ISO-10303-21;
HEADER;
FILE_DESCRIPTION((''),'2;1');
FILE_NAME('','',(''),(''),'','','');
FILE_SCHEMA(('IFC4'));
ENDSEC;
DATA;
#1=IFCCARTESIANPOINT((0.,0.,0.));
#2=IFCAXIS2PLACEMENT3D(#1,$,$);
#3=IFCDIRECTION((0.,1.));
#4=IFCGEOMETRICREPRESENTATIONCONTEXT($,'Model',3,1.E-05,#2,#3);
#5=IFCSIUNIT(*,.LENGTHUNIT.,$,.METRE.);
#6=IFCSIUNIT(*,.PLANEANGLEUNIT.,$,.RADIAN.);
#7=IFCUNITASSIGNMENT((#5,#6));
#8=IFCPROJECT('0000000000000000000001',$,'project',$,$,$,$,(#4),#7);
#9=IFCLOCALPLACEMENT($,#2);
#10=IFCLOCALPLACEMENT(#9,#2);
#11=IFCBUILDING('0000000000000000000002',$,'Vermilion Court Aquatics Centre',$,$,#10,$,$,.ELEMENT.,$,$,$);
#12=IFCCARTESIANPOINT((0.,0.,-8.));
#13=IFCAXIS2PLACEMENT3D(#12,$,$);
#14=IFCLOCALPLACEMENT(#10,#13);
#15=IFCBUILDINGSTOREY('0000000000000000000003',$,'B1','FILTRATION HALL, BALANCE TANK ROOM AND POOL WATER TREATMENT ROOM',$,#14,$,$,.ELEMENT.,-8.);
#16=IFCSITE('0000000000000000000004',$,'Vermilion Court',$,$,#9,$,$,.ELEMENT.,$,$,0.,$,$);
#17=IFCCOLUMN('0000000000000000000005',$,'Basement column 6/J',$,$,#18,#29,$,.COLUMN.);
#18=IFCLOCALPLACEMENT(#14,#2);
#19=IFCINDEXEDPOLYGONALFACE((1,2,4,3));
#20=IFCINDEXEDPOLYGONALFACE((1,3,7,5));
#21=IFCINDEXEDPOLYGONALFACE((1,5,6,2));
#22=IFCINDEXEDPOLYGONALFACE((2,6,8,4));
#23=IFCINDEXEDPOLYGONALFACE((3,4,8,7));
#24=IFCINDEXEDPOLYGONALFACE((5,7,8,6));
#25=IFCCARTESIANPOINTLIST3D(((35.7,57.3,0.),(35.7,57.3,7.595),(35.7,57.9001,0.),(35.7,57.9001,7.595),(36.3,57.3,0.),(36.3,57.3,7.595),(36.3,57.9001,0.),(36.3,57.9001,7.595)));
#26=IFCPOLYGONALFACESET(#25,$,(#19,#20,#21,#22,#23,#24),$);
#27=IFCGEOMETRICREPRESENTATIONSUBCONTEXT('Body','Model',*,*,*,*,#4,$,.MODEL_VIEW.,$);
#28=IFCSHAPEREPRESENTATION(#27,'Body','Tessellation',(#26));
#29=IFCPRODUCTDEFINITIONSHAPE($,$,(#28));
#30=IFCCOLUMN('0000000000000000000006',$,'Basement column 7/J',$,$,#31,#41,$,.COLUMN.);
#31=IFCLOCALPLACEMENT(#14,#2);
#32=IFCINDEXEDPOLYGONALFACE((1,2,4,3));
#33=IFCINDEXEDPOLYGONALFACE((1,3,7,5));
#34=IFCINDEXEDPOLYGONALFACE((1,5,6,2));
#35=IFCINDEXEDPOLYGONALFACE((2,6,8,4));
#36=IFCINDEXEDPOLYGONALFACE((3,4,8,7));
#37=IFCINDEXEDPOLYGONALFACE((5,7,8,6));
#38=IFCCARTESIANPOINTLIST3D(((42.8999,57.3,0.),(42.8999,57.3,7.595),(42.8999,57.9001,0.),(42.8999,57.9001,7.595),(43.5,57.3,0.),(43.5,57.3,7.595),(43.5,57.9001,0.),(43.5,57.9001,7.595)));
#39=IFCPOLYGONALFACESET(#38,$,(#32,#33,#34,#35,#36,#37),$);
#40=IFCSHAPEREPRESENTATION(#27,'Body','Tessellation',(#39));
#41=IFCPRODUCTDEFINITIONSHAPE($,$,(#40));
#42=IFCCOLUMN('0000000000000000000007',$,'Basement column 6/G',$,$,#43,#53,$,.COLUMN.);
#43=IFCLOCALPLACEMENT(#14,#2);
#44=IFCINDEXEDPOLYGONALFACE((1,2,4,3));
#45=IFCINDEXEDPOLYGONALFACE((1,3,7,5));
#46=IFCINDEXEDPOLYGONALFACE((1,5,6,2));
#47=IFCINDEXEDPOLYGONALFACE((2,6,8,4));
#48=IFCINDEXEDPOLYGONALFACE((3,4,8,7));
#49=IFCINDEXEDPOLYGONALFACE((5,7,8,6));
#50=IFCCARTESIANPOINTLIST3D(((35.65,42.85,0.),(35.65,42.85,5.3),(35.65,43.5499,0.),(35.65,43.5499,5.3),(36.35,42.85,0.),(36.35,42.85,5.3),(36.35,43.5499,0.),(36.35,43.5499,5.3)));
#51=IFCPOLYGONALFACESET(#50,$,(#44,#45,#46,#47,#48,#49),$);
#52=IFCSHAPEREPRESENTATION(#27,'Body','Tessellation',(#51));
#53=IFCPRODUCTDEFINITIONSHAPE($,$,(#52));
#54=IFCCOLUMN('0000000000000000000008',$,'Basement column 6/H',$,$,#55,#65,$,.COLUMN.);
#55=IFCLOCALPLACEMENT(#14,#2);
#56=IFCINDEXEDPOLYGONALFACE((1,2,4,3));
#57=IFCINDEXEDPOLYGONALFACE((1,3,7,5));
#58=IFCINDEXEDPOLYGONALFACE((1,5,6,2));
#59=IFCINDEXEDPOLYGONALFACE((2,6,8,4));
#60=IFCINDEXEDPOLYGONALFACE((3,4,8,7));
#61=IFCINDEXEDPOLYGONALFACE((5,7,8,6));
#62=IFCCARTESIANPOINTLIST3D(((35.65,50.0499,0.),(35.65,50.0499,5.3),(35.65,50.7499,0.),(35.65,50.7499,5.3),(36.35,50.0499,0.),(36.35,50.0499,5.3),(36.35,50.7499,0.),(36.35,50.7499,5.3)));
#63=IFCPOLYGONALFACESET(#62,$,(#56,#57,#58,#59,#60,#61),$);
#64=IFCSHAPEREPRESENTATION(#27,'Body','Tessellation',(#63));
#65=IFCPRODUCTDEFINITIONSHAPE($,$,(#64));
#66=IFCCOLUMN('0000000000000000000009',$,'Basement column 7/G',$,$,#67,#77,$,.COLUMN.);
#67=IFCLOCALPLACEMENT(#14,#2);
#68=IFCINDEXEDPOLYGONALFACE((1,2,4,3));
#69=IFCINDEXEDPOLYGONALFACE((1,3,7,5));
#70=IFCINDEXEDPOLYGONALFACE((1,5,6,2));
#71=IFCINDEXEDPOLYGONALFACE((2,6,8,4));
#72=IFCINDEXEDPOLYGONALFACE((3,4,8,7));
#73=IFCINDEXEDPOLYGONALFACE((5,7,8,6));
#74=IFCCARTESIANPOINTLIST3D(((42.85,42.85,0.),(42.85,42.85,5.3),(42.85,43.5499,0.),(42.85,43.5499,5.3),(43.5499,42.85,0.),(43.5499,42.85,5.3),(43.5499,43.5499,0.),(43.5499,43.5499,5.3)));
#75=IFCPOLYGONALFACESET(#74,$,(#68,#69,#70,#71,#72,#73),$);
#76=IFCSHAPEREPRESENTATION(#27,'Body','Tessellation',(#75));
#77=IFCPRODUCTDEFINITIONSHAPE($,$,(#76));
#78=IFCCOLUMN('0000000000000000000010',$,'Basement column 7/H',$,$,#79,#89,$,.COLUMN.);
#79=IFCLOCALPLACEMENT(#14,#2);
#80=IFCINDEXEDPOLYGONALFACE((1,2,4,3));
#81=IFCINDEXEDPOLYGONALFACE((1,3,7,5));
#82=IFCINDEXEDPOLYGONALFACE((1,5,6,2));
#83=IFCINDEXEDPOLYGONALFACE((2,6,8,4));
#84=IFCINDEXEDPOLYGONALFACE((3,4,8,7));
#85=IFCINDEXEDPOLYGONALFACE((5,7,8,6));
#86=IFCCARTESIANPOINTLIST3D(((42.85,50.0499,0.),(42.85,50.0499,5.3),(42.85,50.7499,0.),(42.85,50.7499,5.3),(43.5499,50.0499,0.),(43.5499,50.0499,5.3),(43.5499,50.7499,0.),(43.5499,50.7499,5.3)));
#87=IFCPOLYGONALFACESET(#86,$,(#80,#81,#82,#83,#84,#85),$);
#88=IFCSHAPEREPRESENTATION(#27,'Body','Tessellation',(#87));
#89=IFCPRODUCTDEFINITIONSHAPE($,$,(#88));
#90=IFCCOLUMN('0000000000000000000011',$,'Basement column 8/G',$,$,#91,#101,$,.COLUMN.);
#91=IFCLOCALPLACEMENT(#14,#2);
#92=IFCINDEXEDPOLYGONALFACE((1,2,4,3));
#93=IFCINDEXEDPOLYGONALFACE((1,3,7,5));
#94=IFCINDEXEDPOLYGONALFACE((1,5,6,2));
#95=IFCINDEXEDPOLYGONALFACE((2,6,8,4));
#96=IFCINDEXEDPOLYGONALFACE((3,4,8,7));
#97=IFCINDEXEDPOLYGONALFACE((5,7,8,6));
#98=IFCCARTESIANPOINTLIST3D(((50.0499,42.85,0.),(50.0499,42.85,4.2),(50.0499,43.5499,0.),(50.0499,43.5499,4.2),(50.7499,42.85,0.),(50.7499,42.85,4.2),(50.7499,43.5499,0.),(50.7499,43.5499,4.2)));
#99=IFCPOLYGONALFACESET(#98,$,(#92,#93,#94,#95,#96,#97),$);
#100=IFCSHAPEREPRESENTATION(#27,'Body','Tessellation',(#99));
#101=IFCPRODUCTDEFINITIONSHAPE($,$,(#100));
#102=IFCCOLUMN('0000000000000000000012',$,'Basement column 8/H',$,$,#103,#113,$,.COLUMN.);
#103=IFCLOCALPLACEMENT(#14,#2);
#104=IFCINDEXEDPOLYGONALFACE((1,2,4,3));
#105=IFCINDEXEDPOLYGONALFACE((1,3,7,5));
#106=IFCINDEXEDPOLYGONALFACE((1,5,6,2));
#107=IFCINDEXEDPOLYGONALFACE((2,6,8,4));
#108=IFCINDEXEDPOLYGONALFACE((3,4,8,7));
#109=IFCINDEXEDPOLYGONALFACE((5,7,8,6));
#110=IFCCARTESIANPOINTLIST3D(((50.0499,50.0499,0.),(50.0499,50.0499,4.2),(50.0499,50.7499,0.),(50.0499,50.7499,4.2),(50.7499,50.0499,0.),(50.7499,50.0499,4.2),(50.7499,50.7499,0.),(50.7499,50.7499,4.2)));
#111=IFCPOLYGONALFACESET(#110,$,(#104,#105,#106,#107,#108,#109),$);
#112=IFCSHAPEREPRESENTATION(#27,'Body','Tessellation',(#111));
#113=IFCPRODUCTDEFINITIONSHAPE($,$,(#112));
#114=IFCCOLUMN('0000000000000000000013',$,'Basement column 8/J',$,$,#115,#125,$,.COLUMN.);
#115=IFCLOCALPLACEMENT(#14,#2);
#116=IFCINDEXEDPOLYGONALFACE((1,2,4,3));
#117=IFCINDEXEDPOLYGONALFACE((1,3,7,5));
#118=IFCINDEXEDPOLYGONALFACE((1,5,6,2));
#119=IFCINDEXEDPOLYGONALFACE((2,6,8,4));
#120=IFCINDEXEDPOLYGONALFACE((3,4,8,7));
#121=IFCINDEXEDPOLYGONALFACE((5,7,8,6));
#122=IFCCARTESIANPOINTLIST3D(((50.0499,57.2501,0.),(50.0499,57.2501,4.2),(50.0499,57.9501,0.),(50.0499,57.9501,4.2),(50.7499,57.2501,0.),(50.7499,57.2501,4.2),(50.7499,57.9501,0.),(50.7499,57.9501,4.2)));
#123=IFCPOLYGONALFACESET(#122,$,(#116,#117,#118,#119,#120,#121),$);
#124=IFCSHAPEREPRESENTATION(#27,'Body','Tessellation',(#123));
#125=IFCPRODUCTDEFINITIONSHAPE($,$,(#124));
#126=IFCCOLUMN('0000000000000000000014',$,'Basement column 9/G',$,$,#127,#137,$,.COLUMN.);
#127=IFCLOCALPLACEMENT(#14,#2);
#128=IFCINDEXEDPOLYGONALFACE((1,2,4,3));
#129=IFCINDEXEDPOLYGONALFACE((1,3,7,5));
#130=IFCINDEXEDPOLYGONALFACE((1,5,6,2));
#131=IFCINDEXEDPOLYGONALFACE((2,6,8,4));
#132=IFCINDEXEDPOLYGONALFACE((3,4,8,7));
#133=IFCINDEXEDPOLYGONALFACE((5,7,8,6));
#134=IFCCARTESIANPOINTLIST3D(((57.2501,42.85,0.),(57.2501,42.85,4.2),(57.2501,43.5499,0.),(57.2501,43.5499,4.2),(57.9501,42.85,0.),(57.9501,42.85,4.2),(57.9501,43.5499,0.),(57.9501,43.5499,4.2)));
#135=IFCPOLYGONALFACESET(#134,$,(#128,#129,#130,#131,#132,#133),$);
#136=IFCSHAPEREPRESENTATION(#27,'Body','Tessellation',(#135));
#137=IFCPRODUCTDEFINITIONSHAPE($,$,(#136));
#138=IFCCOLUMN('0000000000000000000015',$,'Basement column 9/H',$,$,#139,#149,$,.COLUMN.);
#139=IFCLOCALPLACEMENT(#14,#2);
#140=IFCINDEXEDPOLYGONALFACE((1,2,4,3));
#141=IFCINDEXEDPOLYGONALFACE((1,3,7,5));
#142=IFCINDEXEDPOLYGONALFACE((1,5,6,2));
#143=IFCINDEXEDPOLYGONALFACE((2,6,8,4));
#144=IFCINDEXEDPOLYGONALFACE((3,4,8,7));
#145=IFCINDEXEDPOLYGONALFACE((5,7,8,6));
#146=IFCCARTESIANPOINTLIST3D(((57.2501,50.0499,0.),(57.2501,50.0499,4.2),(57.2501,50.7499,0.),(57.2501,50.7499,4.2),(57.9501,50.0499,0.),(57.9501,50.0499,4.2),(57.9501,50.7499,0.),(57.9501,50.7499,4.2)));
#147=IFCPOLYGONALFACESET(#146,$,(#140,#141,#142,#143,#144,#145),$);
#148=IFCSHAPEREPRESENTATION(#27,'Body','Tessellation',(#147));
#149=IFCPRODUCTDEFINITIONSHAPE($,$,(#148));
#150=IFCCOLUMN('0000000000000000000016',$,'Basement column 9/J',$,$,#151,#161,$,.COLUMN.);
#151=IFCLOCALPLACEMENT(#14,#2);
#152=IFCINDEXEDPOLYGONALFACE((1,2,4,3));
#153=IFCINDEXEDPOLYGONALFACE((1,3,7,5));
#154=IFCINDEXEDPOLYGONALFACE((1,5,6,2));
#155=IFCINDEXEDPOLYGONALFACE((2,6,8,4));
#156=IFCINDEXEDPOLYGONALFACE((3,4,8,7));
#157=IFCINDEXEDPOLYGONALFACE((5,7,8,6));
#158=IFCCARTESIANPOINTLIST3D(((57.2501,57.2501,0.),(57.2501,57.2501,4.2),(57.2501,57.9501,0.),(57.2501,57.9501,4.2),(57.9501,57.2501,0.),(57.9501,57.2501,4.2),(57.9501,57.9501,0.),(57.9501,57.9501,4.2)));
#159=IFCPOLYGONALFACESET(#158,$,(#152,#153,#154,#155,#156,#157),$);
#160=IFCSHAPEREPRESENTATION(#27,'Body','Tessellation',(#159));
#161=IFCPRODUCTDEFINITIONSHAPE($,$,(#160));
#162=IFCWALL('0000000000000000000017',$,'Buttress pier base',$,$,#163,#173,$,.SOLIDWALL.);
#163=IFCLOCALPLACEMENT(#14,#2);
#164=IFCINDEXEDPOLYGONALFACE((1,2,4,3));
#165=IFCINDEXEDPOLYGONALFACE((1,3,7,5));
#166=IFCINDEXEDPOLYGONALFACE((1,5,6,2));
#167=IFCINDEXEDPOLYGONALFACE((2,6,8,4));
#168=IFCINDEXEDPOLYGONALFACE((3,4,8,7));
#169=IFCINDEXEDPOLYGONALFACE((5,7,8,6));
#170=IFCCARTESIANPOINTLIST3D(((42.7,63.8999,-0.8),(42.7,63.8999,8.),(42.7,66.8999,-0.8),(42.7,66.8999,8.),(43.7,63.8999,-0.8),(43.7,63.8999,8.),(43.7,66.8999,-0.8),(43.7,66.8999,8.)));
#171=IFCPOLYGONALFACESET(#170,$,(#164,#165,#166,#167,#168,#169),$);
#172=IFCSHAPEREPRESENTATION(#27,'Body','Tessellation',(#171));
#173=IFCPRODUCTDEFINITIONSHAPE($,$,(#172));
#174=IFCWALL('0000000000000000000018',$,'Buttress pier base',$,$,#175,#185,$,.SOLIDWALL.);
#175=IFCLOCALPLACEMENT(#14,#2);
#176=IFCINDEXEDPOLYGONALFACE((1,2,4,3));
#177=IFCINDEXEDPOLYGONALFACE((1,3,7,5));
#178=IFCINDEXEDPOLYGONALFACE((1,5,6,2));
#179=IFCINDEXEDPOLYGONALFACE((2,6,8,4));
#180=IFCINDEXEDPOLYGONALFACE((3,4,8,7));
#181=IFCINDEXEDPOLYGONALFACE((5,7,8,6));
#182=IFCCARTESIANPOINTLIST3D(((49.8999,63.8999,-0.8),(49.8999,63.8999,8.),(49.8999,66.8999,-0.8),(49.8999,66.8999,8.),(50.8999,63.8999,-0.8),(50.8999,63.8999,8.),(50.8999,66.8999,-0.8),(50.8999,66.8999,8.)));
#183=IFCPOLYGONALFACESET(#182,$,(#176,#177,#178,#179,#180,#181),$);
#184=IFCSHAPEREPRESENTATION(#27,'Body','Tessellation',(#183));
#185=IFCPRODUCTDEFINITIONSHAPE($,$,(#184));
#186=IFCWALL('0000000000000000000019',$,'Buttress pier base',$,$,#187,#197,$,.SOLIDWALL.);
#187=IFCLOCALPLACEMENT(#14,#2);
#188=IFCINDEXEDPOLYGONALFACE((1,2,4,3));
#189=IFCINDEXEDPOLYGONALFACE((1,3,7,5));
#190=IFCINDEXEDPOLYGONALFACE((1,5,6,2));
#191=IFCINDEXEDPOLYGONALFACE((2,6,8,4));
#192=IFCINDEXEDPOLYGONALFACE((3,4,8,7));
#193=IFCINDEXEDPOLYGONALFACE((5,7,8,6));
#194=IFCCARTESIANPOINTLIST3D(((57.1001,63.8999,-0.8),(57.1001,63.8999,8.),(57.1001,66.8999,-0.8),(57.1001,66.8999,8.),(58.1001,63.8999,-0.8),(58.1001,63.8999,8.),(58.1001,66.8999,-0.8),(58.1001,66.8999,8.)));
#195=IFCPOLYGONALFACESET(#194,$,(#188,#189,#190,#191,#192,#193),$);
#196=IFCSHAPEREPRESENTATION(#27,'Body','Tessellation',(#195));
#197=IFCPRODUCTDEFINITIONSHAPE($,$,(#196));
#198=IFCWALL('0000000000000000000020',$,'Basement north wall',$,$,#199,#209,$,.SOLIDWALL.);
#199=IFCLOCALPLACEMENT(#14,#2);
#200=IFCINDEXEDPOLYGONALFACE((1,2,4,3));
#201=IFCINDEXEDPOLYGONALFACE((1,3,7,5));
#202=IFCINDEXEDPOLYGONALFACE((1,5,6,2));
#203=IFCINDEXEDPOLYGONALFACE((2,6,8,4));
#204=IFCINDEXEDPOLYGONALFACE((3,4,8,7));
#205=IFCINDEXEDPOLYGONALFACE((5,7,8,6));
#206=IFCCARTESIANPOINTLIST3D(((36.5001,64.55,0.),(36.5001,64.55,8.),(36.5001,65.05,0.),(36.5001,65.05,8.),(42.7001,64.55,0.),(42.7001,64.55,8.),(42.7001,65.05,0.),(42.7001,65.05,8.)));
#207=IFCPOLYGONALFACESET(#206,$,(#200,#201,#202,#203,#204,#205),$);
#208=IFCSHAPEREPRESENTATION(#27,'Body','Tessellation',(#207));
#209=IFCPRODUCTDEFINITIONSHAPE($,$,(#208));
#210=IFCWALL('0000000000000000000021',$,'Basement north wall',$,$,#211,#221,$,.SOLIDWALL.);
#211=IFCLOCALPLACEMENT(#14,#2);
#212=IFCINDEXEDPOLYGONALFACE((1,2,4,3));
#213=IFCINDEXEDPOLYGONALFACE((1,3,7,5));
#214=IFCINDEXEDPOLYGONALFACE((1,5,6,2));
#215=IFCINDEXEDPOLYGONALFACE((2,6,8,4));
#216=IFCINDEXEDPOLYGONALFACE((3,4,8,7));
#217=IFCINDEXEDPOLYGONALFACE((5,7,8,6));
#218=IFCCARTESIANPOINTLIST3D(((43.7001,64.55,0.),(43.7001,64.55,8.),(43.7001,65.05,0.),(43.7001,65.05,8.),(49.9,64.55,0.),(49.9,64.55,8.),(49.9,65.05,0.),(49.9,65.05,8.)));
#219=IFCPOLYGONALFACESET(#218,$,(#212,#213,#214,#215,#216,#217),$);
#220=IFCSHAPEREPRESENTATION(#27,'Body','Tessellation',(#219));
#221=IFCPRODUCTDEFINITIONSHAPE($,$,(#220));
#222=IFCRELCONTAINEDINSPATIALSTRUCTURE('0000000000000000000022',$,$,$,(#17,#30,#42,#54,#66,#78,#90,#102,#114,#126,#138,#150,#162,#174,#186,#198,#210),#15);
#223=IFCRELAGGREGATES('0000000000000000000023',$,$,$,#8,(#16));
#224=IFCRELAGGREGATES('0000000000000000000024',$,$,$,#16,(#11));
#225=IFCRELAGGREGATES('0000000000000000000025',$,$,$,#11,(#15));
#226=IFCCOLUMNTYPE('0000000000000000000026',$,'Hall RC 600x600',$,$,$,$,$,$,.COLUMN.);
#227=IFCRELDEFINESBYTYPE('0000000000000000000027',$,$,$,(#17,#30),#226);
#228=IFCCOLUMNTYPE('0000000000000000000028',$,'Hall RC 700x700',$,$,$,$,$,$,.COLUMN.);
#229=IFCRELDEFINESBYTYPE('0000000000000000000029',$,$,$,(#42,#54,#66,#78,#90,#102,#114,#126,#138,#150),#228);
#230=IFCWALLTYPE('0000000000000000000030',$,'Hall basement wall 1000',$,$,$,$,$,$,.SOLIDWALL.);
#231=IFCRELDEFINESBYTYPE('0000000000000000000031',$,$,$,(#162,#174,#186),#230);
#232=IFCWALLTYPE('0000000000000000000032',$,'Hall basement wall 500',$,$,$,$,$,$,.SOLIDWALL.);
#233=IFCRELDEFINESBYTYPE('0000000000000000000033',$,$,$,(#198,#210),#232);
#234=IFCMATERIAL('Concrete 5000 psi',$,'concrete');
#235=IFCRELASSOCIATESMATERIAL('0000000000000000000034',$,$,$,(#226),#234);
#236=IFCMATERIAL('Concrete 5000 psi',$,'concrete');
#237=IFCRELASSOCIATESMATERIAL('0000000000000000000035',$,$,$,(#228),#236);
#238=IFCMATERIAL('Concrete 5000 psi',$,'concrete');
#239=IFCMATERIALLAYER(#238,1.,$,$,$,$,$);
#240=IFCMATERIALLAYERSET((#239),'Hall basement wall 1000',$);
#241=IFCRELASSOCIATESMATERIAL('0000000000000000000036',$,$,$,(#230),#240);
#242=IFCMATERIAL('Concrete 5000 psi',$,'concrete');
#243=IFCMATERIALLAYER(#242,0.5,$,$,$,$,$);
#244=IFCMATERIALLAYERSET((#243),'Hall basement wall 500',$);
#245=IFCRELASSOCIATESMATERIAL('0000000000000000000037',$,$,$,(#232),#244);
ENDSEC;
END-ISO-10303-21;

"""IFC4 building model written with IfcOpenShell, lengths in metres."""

from ifc_helpers import new_model, si_unit, direction, frame, frame_2d, origin, origin_2d, place, context, subcontext, project, spatial, rectangle, extrude, material, layer, layer_set, material_profile, profile_set, type_object, element, save


model = new_model("IFC4")

# Units and contexts
model_context = context("Model", 3, precision=1e-05, world=origin(), true_north=direction((0.0, 1.0)))
body_context = subcontext(model_context, "Body", "Model", "MODEL_VIEW")
ifc_project = project(units=[si_unit("LENGTHUNIT", "METRE"), si_unit("PLANEANGLEUNIT", "RADIAN")], contexts=[model_context])

# Site, building, storey
site_placement = place(None, origin())
site = spatial("IfcSite", under=ifc_project, at=site_placement, Name="Vermilion Court", CompositionType="ELEMENT", RefElevation=0.0)
building_placement = place(site_placement, origin())
building = spatial("IfcBuilding", under=site, at=building_placement, Name="Vermilion Court Aquatics Centre", CompositionType="ELEMENT")
storey_placement = place(building_placement, frame((0.0, 0.0, -8.0)))
storey = spatial("IfcBuildingStorey", under=building, at=storey_placement, Name="B1", Description="FILTRATION HALL, BALANCE TANK ROOM AND POOL WATER TREATMENT ROOM", CompositionType="ELEMENT", Elevation=-8.0)

# Columns
ifc_material_1 = material(Name="Concrete 5000 psi", Category="concrete")
ifc_material_profile_1 = material_profile(ifc_material_1, rectangle(XDim=0.6001, YDim=0.6001, at=origin_2d()), Name="RC 600x600")
ifc_profile_set_1 = profile_set([ifc_material_profile_1], Name="Concrete 5000 psi")
column_type_1 = type_object("IfcColumnType", Name="Hall RC 600x600", PredefinedType="COLUMN", material=ifc_profile_set_1)
for number, where, z_axis, x_axis, name in (
    (1, (36.0, 57.6001, 0.0), (0.0, 0.0, 1.0), (1.0, 0.0, 0.0), "Basement column 6/J"),
    (2, (43.2, 57.6001, 0.0), (0.0, 0.0, 1.0), (1.0, 0.0, 0.0), "Basement column 7/J"),
):
    element("IfcColumn", number, at=place(storey_placement, frame(where, z_axis=z_axis, x_axis=x_axis)), inside=storey, type_object=column_type_1, Name=name, PredefinedType="COLUMN", context=body_context, shape_type="SweptSolid", body=[
        extrude(rectangle(XDim=0.6001, YDim=0.6001, at=origin_2d()), origin(), (0.0, 0.0, 1.0), 7.595),
    ])
ifc_material_2 = material(Name="Concrete 5000 psi", Category="concrete")
ifc_material_profile_2 = material_profile(ifc_material_2, rectangle(XDim=0.7, YDim=0.7, at=origin_2d()), Name="RC 700x700")
ifc_profile_set_2 = profile_set([ifc_material_profile_2], Name="Concrete 5000 psi")
column_type_2 = type_object("IfcColumnType", Name="Hall RC 700x700", PredefinedType="COLUMN", material=ifc_profile_set_2)
for number, where, z_axis, x_axis, name in (
    (3, (36.0, 43.2, 0.0), (0.0, 0.0, 1.0), (1.0, 0.0, 0.0), "Basement column 6/G"),
    (4, (36.0, 50.3999, 0.0), (0.0, 0.0, 1.0), (1.0, 0.0, 0.0), "Basement column 6/H"),
    (5, (43.2, 43.2, 0.0), (0.0, 0.0, 1.0), (1.0, 0.0, 0.0), "Basement column 7/G"),
    (6, (43.2, 50.3999, 0.0), (0.0, 0.0, 1.0), (1.0, 0.0, 0.0), "Basement column 7/H"),
):
    element("IfcColumn", number, at=place(storey_placement, frame(where, z_axis=z_axis, x_axis=x_axis)), inside=storey, type_object=column_type_2, Name=name, PredefinedType="COLUMN", context=body_context, shape_type="SweptSolid", body=[
        extrude(rectangle(XDim=0.7, YDim=0.7, at=origin_2d()), origin(), (0.0, 0.0, 1.0), 5.3),
    ])
for number, where, z_axis, x_axis, name in (
    (7, (50.3999, 43.2, 0.0), (0.0, 0.0, 1.0), (1.0, 0.0, 0.0), "Basement column 8/G"),
    (8, (50.3999, 50.3999, 0.0), (0.0, 0.0, 1.0), (1.0, 0.0, 0.0), "Basement column 8/H"),
    (9, (50.3999, 57.6001, 0.0), (0.0, 0.0, 1.0), (1.0, 0.0, 0.0), "Basement column 8/J"),
    (10, (57.6001, 43.2, 0.0), (0.0, 0.0, 1.0), (1.0, 0.0, 0.0), "Basement column 9/G"),
    (11, (57.6001, 50.3999, 0.0), (0.0, 0.0, 1.0), (1.0, 0.0, 0.0), "Basement column 9/H"),
    (12, (57.6001, 57.6001, 0.0), (0.0, 0.0, 1.0), (1.0, 0.0, 0.0), "Basement column 9/J"),
):
    element("IfcColumn", number, at=place(storey_placement, frame(where, z_axis=z_axis, x_axis=x_axis)), inside=storey, type_object=column_type_2, Name=name, PredefinedType="COLUMN", context=body_context, shape_type="SweptSolid", body=[
        extrude(rectangle(XDim=0.7, YDim=0.7, at=origin_2d()), origin(), (0.0, 0.0, 1.0), 4.2),
    ])

# Walls
ifc_material_3 = material(Name="Concrete 5000 psi", Category="concrete")
ifc_layer_1 = layer(ifc_material_3, 1.0)
ifc_layer_set_1 = layer_set([ifc_layer_1], Name="Hall basement wall 1000")
wall_type_1 = type_object("IfcWallType", Name="Hall basement wall 1000", PredefinedType="SOLIDWALL", material=ifc_layer_set_1)
for number, where, z_axis, x_axis, name in (
    (13, (43.2, 63.8999, -0.8), (0.0, 0.0, 1.0), (0.0, 1.0, 0.0), "Buttress pier base"),
    (14, (50.3999, 63.8999, -0.8), (0.0, 0.0, 1.0), (0.0, 1.0, 0.0), "Buttress pier base"),
    (15, (57.6001, 63.8999, -0.8), (0.0, 0.0, 1.0), (0.0, 1.0, 0.0), "Buttress pier base"),
):
    element("IfcWall", number, at=place(storey_placement, frame(where, z_axis=z_axis, x_axis=x_axis)), inside=storey, type_object=wall_type_1, Name=name, PredefinedType="SOLIDWALL", context=body_context, shape_type="SweptSolid", body=[
        extrude(rectangle(XDim=3.0, YDim=1.0, at=frame_2d((1.5, 0.0))), origin(), (0.0, 0.0, 1.0), 8.8),
    ])
ifc_material_4 = material(Name="Concrete 5000 psi", Category="concrete")
ifc_layer_2 = layer(ifc_material_4, 0.5)
ifc_layer_set_2 = layer_set([ifc_layer_2], Name="Hall basement wall 500")
wall_type_2 = type_object("IfcWallType", Name="Hall basement wall 500", PredefinedType="SOLIDWALL", material=ifc_layer_set_2)
for number, where, z_axis, x_axis, name in (
    (16, (36.5, 64.8, 0.0), (0.0, 0.0, 1.0), (1.0, 0.0, 0.0), "Basement north wall"),
    (17, (43.7, 64.8, 0.0), (0.0, 0.0, 1.0), (1.0, 0.0, 0.0), "Basement north wall"),
):
    element("IfcWall", number, at=place(storey_placement, frame(where, z_axis=z_axis, x_axis=x_axis)), inside=storey, type_object=wall_type_2, Name=name, PredefinedType="SOLIDWALL", context=body_context, shape_type="SweptSolid", body=[
        extrude(rectangle(XDim=6.2, YDim=0.5, at=frame_2d((3.1001, 0.0))), origin(), (0.0, 0.0, 1.0), 8.0),
    ])

save(model, "model.ifc")
